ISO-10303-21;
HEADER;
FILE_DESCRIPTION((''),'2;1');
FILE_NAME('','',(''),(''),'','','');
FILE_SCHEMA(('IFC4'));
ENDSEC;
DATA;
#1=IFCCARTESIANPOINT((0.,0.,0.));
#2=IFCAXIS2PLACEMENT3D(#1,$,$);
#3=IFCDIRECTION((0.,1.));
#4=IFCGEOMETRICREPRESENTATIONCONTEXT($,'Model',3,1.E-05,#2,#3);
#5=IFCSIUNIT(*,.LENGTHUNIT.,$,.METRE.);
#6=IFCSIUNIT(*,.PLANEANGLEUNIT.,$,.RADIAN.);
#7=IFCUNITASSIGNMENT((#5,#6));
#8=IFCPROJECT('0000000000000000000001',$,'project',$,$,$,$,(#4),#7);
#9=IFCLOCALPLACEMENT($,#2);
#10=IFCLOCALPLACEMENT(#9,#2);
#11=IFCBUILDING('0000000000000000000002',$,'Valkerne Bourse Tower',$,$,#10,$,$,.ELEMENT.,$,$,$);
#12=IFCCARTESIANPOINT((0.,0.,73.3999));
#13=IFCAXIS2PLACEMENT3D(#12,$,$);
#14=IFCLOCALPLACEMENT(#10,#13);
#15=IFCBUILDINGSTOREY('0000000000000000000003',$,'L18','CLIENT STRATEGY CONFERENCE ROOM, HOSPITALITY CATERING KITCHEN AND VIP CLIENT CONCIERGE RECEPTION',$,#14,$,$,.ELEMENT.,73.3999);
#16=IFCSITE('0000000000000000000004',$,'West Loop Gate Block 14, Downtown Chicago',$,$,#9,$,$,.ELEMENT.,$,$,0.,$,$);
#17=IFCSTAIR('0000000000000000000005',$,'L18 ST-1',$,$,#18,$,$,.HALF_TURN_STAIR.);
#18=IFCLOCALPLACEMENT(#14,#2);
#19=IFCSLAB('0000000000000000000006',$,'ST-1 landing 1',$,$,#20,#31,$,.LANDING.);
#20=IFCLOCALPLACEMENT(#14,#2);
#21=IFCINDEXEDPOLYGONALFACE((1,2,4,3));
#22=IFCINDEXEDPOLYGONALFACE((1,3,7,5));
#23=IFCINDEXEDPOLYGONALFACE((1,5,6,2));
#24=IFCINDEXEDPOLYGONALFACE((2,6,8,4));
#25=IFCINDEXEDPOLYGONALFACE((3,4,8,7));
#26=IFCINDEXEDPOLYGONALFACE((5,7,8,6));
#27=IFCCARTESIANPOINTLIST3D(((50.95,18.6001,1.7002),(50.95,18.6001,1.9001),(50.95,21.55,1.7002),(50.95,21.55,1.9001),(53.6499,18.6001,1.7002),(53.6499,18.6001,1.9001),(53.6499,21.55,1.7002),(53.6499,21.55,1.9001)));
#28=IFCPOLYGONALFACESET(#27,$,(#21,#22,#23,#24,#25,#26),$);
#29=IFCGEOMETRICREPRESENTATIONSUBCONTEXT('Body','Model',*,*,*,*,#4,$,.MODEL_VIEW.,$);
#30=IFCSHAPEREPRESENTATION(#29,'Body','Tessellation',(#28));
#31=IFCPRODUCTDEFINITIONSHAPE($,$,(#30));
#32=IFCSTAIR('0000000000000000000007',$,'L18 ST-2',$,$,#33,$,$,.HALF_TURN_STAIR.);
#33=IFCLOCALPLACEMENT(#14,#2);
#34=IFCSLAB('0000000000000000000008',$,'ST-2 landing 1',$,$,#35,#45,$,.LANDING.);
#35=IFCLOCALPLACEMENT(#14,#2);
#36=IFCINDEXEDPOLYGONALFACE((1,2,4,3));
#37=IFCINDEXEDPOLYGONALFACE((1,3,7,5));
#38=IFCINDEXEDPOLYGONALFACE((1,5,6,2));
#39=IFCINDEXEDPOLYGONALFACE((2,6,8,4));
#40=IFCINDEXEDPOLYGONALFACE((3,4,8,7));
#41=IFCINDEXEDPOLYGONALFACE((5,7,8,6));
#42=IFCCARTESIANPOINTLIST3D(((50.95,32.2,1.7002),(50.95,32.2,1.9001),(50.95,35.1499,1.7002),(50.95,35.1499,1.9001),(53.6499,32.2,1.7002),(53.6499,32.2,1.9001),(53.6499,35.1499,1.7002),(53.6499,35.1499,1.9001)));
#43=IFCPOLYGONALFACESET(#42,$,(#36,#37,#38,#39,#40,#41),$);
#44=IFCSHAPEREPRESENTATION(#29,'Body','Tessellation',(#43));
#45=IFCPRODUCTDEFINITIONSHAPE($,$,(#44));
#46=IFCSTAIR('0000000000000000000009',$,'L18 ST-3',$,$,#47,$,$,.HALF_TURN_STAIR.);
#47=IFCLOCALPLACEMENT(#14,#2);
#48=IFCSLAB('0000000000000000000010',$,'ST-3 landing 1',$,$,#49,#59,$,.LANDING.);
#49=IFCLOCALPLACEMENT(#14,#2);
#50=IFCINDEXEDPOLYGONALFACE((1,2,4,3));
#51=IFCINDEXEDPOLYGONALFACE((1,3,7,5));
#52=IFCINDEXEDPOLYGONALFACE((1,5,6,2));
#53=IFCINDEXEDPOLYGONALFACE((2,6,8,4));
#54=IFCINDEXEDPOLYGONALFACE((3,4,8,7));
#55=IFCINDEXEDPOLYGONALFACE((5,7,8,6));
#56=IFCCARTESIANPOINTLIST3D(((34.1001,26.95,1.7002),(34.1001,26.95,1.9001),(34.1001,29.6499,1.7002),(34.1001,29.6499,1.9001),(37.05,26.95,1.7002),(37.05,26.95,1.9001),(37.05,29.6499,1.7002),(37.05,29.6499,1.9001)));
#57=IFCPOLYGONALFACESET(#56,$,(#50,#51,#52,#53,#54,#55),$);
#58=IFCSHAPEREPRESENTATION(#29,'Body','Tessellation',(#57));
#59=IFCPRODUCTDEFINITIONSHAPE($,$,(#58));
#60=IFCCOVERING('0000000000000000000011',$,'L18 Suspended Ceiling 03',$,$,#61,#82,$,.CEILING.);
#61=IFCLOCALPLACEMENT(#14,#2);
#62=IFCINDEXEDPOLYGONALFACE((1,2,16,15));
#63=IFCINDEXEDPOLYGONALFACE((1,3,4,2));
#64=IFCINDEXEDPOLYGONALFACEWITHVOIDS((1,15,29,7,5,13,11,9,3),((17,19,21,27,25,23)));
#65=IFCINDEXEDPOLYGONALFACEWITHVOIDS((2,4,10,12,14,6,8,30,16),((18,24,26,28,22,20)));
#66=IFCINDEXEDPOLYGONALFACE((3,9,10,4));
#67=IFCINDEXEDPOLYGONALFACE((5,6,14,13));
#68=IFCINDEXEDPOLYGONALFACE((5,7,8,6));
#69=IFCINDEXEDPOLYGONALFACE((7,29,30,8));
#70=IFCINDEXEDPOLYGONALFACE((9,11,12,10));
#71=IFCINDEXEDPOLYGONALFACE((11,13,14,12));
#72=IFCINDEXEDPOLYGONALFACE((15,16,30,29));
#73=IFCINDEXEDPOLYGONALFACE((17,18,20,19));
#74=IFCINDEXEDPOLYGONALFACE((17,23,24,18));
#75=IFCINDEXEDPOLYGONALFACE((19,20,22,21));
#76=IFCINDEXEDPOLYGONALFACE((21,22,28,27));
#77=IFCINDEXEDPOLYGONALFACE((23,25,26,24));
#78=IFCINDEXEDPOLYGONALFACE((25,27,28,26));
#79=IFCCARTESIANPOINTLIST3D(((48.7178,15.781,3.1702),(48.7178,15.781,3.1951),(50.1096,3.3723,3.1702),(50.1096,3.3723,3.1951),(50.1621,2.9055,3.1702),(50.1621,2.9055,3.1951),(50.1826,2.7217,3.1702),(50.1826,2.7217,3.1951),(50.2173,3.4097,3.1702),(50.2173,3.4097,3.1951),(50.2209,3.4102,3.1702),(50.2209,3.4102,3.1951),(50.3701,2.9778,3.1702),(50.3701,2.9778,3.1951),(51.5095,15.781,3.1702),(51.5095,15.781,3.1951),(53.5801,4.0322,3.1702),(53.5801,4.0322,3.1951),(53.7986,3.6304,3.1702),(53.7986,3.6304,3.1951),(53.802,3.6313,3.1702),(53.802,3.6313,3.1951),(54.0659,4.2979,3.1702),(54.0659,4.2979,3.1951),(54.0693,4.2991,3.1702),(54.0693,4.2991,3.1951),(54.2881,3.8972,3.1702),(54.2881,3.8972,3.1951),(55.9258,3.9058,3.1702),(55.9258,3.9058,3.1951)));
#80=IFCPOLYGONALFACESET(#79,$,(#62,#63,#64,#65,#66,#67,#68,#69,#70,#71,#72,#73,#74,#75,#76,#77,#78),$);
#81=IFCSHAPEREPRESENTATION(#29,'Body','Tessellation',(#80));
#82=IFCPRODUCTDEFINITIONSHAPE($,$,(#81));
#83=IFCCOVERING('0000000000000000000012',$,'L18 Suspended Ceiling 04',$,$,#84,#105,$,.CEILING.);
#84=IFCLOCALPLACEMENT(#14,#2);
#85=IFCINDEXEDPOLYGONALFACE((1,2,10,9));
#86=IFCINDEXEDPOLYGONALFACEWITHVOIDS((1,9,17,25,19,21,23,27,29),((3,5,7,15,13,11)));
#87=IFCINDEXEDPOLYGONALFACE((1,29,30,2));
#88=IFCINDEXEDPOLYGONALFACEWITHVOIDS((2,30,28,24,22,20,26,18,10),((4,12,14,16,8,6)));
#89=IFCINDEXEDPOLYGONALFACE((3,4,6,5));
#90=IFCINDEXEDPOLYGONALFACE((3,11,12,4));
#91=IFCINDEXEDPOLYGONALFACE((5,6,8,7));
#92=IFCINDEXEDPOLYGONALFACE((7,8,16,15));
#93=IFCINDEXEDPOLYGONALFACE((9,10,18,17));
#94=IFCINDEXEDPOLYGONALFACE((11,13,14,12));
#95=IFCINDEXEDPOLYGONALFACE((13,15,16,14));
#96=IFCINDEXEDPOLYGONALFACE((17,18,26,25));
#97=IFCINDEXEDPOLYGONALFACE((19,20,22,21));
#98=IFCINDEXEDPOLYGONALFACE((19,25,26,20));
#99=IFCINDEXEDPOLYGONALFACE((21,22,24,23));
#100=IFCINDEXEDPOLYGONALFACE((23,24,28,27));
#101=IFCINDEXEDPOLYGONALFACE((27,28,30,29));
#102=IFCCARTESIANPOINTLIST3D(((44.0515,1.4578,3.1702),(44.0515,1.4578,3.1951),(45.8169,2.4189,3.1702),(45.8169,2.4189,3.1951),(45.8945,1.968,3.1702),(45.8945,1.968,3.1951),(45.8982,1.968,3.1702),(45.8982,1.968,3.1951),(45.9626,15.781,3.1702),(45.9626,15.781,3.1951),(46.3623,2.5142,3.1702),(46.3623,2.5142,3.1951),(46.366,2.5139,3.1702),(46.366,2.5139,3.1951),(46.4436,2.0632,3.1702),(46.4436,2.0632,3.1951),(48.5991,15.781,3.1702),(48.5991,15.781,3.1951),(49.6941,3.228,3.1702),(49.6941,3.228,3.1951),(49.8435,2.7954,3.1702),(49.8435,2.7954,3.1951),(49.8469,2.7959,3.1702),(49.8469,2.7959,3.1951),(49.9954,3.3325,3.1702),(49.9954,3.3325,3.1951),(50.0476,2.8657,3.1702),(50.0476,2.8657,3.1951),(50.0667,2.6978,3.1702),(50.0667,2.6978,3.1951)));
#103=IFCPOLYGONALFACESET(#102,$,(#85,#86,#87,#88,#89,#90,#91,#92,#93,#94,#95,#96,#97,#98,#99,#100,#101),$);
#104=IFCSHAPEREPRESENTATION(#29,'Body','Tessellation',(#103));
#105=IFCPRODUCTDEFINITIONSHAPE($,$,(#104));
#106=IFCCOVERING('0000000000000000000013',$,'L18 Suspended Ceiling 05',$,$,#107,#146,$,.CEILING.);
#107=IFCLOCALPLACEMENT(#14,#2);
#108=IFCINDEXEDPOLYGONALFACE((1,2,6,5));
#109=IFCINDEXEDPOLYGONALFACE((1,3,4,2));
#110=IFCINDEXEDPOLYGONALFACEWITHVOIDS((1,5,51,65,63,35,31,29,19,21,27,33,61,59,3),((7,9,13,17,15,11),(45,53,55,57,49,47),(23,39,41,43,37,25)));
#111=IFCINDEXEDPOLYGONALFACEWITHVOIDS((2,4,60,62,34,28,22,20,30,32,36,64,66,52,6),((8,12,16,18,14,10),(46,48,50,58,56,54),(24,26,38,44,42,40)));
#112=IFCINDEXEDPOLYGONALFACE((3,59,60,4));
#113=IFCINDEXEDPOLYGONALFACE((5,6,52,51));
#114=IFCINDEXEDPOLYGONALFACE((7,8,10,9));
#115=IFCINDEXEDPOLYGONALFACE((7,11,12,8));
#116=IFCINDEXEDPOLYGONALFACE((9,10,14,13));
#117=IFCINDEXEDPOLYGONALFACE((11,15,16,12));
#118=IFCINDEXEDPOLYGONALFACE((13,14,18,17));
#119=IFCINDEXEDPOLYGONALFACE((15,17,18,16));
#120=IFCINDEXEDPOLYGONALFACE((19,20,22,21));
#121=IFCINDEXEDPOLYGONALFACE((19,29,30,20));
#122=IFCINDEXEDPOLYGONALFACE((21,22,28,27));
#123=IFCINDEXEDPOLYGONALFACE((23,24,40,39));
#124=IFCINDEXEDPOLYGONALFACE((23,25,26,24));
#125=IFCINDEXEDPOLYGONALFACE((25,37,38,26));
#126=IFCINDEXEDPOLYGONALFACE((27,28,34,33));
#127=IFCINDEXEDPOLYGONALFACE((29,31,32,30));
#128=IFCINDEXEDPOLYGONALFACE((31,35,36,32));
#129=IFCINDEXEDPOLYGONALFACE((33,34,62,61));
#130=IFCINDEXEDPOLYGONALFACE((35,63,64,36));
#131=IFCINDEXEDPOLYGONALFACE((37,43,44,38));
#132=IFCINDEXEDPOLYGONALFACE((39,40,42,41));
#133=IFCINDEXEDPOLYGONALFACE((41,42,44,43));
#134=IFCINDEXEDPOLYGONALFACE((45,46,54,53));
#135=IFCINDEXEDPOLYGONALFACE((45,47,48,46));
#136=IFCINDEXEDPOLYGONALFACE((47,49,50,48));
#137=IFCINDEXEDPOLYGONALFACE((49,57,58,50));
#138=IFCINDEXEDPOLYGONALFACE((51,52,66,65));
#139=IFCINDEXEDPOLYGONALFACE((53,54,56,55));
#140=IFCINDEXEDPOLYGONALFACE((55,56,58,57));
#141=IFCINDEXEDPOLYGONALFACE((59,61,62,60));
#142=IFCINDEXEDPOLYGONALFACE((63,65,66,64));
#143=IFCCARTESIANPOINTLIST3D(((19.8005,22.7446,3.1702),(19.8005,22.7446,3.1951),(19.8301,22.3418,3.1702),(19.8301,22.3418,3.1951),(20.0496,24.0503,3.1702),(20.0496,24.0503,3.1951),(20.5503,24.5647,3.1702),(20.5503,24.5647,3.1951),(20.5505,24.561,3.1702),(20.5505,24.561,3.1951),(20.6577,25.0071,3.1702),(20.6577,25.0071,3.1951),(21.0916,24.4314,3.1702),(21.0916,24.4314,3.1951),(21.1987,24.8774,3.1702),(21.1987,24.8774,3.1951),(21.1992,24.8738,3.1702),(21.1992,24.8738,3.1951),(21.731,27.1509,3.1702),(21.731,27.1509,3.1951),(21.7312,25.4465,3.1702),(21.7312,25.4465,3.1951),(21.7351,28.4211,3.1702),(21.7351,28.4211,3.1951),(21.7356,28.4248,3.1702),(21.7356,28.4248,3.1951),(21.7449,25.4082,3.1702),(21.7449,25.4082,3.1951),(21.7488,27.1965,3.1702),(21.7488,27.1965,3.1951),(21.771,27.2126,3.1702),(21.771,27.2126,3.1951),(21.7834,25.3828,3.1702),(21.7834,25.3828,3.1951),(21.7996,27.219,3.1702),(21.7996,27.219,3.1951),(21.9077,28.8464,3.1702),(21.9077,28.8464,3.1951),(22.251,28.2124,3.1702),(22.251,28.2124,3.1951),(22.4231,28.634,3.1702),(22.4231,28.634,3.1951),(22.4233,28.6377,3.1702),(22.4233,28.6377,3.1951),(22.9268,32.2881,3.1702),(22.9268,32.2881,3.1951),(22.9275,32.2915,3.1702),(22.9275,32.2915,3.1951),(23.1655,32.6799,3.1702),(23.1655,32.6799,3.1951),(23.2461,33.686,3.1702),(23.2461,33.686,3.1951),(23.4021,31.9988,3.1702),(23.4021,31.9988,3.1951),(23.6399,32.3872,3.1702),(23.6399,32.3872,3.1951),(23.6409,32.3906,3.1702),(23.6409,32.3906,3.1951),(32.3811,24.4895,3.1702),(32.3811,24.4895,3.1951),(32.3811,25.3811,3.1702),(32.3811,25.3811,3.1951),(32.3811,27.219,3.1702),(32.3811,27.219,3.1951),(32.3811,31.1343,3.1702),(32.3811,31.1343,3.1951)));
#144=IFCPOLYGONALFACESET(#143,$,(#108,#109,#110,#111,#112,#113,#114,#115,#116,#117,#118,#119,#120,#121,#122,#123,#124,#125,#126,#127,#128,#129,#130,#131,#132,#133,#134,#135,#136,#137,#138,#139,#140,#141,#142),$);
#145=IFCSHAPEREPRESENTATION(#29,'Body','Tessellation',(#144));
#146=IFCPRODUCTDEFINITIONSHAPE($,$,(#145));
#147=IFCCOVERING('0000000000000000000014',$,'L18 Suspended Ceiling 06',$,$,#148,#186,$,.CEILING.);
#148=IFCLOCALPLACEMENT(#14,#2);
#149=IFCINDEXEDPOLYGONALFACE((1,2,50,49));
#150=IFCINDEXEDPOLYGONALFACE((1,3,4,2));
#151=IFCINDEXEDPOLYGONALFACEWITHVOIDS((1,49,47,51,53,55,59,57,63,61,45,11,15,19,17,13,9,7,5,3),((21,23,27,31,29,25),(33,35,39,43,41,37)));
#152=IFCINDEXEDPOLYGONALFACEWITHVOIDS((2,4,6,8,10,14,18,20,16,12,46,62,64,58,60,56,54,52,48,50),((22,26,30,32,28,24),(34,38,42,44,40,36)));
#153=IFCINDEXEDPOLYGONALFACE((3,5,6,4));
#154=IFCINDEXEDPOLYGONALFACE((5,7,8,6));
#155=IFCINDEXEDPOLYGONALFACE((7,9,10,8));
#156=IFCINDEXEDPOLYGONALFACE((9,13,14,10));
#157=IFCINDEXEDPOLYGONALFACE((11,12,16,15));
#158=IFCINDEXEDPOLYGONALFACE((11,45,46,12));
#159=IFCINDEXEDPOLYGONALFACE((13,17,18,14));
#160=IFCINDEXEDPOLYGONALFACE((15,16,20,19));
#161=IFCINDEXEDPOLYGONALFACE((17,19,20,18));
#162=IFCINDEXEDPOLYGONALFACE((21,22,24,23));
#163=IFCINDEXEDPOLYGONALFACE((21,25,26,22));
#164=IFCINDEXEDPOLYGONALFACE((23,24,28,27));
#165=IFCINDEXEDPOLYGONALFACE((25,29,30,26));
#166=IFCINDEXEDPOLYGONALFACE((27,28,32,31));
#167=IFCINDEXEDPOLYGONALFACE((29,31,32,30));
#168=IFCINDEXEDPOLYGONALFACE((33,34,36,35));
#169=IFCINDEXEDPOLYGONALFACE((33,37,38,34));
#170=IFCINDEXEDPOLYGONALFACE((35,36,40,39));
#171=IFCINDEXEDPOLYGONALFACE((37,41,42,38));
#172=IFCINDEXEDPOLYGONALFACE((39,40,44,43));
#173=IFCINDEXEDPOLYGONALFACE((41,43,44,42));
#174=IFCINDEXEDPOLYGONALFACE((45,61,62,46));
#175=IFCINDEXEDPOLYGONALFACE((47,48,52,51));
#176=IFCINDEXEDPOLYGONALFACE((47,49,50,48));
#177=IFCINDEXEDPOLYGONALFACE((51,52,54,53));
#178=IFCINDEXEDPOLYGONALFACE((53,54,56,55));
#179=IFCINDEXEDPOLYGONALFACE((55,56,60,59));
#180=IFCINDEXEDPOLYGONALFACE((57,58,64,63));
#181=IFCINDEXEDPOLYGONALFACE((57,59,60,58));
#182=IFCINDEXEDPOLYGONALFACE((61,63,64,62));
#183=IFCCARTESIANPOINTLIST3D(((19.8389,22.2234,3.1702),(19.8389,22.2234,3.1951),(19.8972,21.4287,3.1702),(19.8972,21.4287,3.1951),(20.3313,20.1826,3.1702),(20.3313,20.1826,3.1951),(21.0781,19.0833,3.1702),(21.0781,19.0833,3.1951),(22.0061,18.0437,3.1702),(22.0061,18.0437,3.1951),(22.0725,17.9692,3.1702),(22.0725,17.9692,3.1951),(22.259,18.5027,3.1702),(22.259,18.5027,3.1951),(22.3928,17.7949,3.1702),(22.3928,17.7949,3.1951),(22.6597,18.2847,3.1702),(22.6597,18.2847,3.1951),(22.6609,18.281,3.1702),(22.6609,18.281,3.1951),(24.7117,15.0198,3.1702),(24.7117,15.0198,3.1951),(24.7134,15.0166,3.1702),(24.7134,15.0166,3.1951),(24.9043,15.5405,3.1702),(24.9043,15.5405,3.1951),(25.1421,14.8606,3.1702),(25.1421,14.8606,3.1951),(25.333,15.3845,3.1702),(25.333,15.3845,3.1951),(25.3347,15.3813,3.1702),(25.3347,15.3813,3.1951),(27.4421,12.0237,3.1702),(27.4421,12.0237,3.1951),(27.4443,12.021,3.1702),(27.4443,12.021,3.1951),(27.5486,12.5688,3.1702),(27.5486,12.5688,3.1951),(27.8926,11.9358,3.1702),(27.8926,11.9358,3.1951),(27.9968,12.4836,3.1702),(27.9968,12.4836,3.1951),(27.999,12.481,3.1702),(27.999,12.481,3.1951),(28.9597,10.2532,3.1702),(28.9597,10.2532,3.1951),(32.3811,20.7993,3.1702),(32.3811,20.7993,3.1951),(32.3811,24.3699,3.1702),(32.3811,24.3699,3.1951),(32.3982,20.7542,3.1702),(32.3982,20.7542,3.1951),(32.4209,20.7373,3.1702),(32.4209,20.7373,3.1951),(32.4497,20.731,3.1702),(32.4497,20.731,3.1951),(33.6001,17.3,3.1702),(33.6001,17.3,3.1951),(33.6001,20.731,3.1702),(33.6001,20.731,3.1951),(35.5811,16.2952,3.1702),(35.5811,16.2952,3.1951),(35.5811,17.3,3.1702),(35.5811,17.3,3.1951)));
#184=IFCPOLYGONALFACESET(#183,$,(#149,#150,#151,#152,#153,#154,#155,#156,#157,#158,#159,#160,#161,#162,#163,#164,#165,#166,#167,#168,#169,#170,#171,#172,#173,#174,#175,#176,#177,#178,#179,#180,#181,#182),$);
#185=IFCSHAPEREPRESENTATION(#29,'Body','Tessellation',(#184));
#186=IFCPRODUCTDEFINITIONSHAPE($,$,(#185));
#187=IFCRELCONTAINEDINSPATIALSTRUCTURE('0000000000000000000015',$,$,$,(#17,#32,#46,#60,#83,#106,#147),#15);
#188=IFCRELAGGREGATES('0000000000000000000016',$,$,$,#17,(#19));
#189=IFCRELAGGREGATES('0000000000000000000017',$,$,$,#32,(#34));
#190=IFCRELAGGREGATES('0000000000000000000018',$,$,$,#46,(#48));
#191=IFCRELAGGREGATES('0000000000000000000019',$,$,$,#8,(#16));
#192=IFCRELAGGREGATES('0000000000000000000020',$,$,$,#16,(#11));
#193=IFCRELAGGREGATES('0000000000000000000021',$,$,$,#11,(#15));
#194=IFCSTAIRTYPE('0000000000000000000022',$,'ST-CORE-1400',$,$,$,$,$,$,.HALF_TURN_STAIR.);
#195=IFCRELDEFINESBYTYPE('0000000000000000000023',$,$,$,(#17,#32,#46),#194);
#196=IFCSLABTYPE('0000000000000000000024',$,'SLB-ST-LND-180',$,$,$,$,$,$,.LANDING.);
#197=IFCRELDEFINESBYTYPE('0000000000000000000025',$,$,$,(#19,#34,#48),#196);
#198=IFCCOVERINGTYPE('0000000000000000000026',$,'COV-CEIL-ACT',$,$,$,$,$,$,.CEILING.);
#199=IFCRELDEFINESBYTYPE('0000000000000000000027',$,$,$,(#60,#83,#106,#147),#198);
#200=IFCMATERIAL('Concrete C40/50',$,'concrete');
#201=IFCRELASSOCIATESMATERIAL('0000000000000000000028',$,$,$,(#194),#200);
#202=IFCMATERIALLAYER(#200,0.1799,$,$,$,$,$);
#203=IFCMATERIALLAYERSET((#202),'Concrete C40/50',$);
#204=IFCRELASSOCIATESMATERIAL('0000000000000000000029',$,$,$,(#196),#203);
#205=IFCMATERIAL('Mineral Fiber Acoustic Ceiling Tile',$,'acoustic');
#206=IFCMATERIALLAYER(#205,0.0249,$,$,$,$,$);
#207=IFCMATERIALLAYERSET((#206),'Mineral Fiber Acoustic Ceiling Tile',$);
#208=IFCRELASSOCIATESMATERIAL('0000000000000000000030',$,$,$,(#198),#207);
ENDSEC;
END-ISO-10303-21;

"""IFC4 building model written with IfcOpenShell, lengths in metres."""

from ifc_helpers import new_model, si_unit, direction, frame, origin, place, context, subcontext, project, spatial, polyline, outline, extrude, material, layer, layer_set, type_object, element, aggregate, save


model = new_model("IFC4")

# Units and contexts
model_context = context("Model", 3, precision=1e-05, world=origin(), true_north=direction((0.0, 1.0)))
body_context = subcontext(model_context, "Body", "Model", "MODEL_VIEW")
ifc_project = project(units=[si_unit("LENGTHUNIT", "METRE"), si_unit("PLANEANGLEUNIT", "RADIAN")], contexts=[model_context])

# Site, building, storey
site_placement = place(None, origin())
site = spatial("IfcSite", under=ifc_project, at=site_placement, Name="West Loop Gate Block 14, Downtown Chicago", CompositionType="ELEMENT", RefElevation=0.0)
building_placement = place(site_placement, origin())
building = spatial("IfcBuilding", under=site, at=building_placement, Name="Valkerne Bourse Tower", CompositionType="ELEMENT")
storey_placement = place(building_placement, frame((0.0, 0.0, 73.3999)))
storey = spatial("IfcBuildingStorey", under=building, at=storey_placement, Name="L18", Description="CLIENT STRATEGY CONFERENCE ROOM, HOSPITALITY CATERING KITCHEN AND VIP CLIENT CONCIERGE RECEPTION", CompositionType="ELEMENT", Elevation=73.3999)

# Stairs, slabs
ifc_material_1 = material(Name="Concrete C40/50", Category="concrete")
stair_type = type_object("IfcStairType", Name="ST-CORE-1400", PredefinedType="HALF_TURN_STAIR", material=ifc_material_1)
stair_1_placement = place(storey_placement, origin())
stair_1 = element("IfcStair", 1, at=stair_1_placement, inside=storey, type_object=stair_type, Name="L18 ST-1", PredefinedType="HALF_TURN_STAIR")
ifc_layer_1 = layer(ifc_material_1, 0.1799)
ifc_layer_set_1 = layer_set([ifc_layer_1], Name="Concrete C40/50")
slab_type = type_object("IfcSlabType", Name="SLB-ST-LND-180", PredefinedType="LANDING", material=ifc_layer_set_1)
slab_1_placement = place(storey_placement, frame((0.0, 0.0, 1.7002)))
slab_1 = element("IfcSlab", 2, at=slab_1_placement, type_object=slab_type, Name="ST-1 landing 1", PredefinedType="LANDING", context=body_context, shape_type="SweptSolid", body=[
    extrude(outline(polyline([(50.95, 18.6001), (53.6499, 18.6001), (53.6499, 21.55), (50.95, 21.55), (50.95, 18.6001)])), origin(), (0.0, 0.0, 1.0), 0.2),
])
aggregate(stair_1, [slab_1])
stair_2_placement = place(storey_placement, origin())
stair_2 = element("IfcStair", 3, at=stair_2_placement, inside=storey, type_object=stair_type, Name="L18 ST-2", PredefinedType="HALF_TURN_STAIR")
slab_2_placement = place(storey_placement, frame((0.0, 0.0, 1.7002)))
slab_2 = element("IfcSlab", 4, at=slab_2_placement, type_object=slab_type, Name="ST-2 landing 1", PredefinedType="LANDING", context=body_context, shape_type="SweptSolid", body=[
    extrude(outline(polyline([(50.95, 32.2), (53.6499, 32.2), (53.6499, 35.1499), (50.95, 35.1499), (50.95, 32.2)])), origin(), (0.0, 0.0, 1.0), 0.2),
])
aggregate(stair_2, [slab_2])
stair_3_placement = place(storey_placement, origin())
stair_3 = element("IfcStair", 5, at=stair_3_placement, inside=storey, type_object=stair_type, Name="L18 ST-3", PredefinedType="HALF_TURN_STAIR")
slab_3_placement = place(storey_placement, frame((0.0, 0.0, 1.7002)))
slab_3 = element("IfcSlab", 6, at=slab_3_placement, type_object=slab_type, Name="ST-3 landing 1", PredefinedType="LANDING", context=body_context, shape_type="SweptSolid", body=[
    extrude(outline(polyline([(37.05, 26.95), (37.05, 29.6499), (34.1001, 29.6499), (34.1001, 26.95), (37.05, 26.95)])), origin(), (0.0, 0.0, 1.0), 0.2),
])
aggregate(stair_3, [slab_3])

# Coverings
ifc_material_2 = material(Name="Mineral Fiber Acoustic Ceiling Tile", Category="acoustic")
ifc_layer_2 = layer(ifc_material_2, 0.0249)
ifc_layer_set_2 = layer_set([ifc_layer_2], Name="Mineral Fiber Acoustic Ceiling Tile")
covering_type_1 = type_object("IfcCoveringType", Name="COV-CEIL-ACT", PredefinedType="CEILING", material=ifc_layer_set_2)
covering_1_placement = place(storey_placement, frame((0.0, 0.0, 3.1702)))
element("IfcCovering", 7, at=covering_1_placement, inside=storey, type_object=covering_type_1, Name="L18 Suspended Ceiling 03", PredefinedType="CEILING", context=body_context, shape_type="SweptSolid", body=[
    extrude(outline(polyline([(51.5095, 15.781), (55.9258, 3.9058), (50.1826, 2.7217), (50.1621, 2.9055), (50.3701, 2.9778), (50.2209, 3.4102), (50.2173, 3.4097), (50.1096, 3.3723), (48.7178, 15.781), (51.5095, 15.781)]), holes=[polyline([(54.2881, 3.8972), (54.0693, 4.2991), (54.0659, 4.2979), (53.5801, 4.0322), (53.7986, 3.6304), (53.802, 3.6313), (54.2881, 3.8972)])]), origin(), (0.0, 0.0, 1.0), 0.0249),
])
covering_2_placement = place(storey_placement, frame((0.0, 0.0, 3.1702)))
element("IfcCovering", 8, at=covering_2_placement, inside=storey, type_object=covering_type_1, Name="L18 Suspended Ceiling 04", PredefinedType="CEILING", context=body_context, shape_type="SweptSolid", body=[
    extrude(outline(polyline([(48.5991, 15.781), (49.9954, 3.3325), (49.6941, 3.228), (49.8435, 2.7954), (49.8469, 2.7959), (50.0476, 2.8657), (50.0667, 2.6978), (44.0515, 1.4578), (45.9626, 15.781), (48.5991, 15.781)]), holes=[polyline([(46.366, 2.5139), (46.3623, 2.5142), (45.8169, 2.4189), (45.8945, 1.968), (45.8982, 1.968), (46.4436, 2.0632), (46.366, 2.5139)])]), origin(), (0.0, 0.0, 1.0), 0.0249),
])
covering_3_placement = place(storey_placement, frame((0.0, 0.0, 3.1702)))
element("IfcCovering", 9, at=covering_3_placement, inside=storey, type_object=covering_type_1, Name="L18 Suspended Ceiling 05", PredefinedType="CEILING", context=body_context, shape_type="SweptSolid", body=[
    extrude(outline(polyline([(23.2461, 33.686), (32.3811, 31.1343), (32.3811, 27.219), (21.7996, 27.219), (21.771, 27.2126), (21.7488, 27.1965), (21.731, 27.1509), (21.7312, 25.4465), (21.7449, 25.4082), (21.7834, 25.3828), (32.3811, 25.3811), (32.3811, 24.4895), (19.8301, 22.3418), (19.8005, 22.7446), (20.0496, 24.0503), (23.2461, 33.686)]), holes=[polyline([(21.1992, 24.8738), (21.1987, 24.8774), (20.6577, 25.0071), (20.5503, 24.5647), (20.5505, 24.561), (21.0916, 24.4314), (21.1992, 24.8738)]), polyline([(22.4233, 28.6377), (21.9077, 28.8464), (21.7356, 28.4248), (21.7351, 28.4211), (22.251, 28.2124), (22.4231, 28.634), (22.4233, 28.6377)]), polyline([(23.6399, 32.3872), (23.6409, 32.3906), (23.1655, 32.6799), (22.9275, 32.2915), (22.9268, 32.2881), (23.4021, 31.9988), (23.6399, 32.3872)])]), origin(), (0.0, 0.0, 1.0), 0.0249),
])
covering_4_placement = place(storey_placement, frame((0.0, 0.0, 3.1702)))
element("IfcCovering", 10, at=covering_4_placement, inside=storey, type_object=covering_type_1, Name="L18 Suspended Ceiling 06", PredefinedType="CEILING", context=body_context, shape_type="SweptSolid", body=[
    extrude(outline(polyline([(19.8972, 21.4287), (19.8389, 22.2234), (32.3811, 24.3699), (32.3811, 20.7993), (32.3982, 20.7542), (32.4209, 20.7373), (32.4497, 20.731), (33.6001, 20.731), (33.6001, 17.3), (35.5811, 17.3), (35.5811, 16.2952), (28.9597, 10.2532), (22.0725, 17.9692), (22.3928, 17.7949), (22.6609, 18.281), (22.6597, 18.2847), (22.259, 18.5027), (22.0061, 18.0437), (21.0781, 19.0833), (20.3313, 20.1826), (19.8972, 21.4287)]), holes=[polyline([(27.999, 12.481), (27.9968, 12.4836), (27.5486, 12.5688), (27.4421, 12.0237), (27.4443, 12.021), (27.8926, 11.9358), (27.999, 12.481)]), polyline([(25.3347, 15.3813), (25.333, 15.3845), (24.9043, 15.5405), (24.7117, 15.0198), (24.7134, 15.0166), (25.1421, 14.8606), (25.3347, 15.3813)])]), origin(), (0.0, 0.0, 1.0), 0.0249),
])

save(model, "model.ifc")
